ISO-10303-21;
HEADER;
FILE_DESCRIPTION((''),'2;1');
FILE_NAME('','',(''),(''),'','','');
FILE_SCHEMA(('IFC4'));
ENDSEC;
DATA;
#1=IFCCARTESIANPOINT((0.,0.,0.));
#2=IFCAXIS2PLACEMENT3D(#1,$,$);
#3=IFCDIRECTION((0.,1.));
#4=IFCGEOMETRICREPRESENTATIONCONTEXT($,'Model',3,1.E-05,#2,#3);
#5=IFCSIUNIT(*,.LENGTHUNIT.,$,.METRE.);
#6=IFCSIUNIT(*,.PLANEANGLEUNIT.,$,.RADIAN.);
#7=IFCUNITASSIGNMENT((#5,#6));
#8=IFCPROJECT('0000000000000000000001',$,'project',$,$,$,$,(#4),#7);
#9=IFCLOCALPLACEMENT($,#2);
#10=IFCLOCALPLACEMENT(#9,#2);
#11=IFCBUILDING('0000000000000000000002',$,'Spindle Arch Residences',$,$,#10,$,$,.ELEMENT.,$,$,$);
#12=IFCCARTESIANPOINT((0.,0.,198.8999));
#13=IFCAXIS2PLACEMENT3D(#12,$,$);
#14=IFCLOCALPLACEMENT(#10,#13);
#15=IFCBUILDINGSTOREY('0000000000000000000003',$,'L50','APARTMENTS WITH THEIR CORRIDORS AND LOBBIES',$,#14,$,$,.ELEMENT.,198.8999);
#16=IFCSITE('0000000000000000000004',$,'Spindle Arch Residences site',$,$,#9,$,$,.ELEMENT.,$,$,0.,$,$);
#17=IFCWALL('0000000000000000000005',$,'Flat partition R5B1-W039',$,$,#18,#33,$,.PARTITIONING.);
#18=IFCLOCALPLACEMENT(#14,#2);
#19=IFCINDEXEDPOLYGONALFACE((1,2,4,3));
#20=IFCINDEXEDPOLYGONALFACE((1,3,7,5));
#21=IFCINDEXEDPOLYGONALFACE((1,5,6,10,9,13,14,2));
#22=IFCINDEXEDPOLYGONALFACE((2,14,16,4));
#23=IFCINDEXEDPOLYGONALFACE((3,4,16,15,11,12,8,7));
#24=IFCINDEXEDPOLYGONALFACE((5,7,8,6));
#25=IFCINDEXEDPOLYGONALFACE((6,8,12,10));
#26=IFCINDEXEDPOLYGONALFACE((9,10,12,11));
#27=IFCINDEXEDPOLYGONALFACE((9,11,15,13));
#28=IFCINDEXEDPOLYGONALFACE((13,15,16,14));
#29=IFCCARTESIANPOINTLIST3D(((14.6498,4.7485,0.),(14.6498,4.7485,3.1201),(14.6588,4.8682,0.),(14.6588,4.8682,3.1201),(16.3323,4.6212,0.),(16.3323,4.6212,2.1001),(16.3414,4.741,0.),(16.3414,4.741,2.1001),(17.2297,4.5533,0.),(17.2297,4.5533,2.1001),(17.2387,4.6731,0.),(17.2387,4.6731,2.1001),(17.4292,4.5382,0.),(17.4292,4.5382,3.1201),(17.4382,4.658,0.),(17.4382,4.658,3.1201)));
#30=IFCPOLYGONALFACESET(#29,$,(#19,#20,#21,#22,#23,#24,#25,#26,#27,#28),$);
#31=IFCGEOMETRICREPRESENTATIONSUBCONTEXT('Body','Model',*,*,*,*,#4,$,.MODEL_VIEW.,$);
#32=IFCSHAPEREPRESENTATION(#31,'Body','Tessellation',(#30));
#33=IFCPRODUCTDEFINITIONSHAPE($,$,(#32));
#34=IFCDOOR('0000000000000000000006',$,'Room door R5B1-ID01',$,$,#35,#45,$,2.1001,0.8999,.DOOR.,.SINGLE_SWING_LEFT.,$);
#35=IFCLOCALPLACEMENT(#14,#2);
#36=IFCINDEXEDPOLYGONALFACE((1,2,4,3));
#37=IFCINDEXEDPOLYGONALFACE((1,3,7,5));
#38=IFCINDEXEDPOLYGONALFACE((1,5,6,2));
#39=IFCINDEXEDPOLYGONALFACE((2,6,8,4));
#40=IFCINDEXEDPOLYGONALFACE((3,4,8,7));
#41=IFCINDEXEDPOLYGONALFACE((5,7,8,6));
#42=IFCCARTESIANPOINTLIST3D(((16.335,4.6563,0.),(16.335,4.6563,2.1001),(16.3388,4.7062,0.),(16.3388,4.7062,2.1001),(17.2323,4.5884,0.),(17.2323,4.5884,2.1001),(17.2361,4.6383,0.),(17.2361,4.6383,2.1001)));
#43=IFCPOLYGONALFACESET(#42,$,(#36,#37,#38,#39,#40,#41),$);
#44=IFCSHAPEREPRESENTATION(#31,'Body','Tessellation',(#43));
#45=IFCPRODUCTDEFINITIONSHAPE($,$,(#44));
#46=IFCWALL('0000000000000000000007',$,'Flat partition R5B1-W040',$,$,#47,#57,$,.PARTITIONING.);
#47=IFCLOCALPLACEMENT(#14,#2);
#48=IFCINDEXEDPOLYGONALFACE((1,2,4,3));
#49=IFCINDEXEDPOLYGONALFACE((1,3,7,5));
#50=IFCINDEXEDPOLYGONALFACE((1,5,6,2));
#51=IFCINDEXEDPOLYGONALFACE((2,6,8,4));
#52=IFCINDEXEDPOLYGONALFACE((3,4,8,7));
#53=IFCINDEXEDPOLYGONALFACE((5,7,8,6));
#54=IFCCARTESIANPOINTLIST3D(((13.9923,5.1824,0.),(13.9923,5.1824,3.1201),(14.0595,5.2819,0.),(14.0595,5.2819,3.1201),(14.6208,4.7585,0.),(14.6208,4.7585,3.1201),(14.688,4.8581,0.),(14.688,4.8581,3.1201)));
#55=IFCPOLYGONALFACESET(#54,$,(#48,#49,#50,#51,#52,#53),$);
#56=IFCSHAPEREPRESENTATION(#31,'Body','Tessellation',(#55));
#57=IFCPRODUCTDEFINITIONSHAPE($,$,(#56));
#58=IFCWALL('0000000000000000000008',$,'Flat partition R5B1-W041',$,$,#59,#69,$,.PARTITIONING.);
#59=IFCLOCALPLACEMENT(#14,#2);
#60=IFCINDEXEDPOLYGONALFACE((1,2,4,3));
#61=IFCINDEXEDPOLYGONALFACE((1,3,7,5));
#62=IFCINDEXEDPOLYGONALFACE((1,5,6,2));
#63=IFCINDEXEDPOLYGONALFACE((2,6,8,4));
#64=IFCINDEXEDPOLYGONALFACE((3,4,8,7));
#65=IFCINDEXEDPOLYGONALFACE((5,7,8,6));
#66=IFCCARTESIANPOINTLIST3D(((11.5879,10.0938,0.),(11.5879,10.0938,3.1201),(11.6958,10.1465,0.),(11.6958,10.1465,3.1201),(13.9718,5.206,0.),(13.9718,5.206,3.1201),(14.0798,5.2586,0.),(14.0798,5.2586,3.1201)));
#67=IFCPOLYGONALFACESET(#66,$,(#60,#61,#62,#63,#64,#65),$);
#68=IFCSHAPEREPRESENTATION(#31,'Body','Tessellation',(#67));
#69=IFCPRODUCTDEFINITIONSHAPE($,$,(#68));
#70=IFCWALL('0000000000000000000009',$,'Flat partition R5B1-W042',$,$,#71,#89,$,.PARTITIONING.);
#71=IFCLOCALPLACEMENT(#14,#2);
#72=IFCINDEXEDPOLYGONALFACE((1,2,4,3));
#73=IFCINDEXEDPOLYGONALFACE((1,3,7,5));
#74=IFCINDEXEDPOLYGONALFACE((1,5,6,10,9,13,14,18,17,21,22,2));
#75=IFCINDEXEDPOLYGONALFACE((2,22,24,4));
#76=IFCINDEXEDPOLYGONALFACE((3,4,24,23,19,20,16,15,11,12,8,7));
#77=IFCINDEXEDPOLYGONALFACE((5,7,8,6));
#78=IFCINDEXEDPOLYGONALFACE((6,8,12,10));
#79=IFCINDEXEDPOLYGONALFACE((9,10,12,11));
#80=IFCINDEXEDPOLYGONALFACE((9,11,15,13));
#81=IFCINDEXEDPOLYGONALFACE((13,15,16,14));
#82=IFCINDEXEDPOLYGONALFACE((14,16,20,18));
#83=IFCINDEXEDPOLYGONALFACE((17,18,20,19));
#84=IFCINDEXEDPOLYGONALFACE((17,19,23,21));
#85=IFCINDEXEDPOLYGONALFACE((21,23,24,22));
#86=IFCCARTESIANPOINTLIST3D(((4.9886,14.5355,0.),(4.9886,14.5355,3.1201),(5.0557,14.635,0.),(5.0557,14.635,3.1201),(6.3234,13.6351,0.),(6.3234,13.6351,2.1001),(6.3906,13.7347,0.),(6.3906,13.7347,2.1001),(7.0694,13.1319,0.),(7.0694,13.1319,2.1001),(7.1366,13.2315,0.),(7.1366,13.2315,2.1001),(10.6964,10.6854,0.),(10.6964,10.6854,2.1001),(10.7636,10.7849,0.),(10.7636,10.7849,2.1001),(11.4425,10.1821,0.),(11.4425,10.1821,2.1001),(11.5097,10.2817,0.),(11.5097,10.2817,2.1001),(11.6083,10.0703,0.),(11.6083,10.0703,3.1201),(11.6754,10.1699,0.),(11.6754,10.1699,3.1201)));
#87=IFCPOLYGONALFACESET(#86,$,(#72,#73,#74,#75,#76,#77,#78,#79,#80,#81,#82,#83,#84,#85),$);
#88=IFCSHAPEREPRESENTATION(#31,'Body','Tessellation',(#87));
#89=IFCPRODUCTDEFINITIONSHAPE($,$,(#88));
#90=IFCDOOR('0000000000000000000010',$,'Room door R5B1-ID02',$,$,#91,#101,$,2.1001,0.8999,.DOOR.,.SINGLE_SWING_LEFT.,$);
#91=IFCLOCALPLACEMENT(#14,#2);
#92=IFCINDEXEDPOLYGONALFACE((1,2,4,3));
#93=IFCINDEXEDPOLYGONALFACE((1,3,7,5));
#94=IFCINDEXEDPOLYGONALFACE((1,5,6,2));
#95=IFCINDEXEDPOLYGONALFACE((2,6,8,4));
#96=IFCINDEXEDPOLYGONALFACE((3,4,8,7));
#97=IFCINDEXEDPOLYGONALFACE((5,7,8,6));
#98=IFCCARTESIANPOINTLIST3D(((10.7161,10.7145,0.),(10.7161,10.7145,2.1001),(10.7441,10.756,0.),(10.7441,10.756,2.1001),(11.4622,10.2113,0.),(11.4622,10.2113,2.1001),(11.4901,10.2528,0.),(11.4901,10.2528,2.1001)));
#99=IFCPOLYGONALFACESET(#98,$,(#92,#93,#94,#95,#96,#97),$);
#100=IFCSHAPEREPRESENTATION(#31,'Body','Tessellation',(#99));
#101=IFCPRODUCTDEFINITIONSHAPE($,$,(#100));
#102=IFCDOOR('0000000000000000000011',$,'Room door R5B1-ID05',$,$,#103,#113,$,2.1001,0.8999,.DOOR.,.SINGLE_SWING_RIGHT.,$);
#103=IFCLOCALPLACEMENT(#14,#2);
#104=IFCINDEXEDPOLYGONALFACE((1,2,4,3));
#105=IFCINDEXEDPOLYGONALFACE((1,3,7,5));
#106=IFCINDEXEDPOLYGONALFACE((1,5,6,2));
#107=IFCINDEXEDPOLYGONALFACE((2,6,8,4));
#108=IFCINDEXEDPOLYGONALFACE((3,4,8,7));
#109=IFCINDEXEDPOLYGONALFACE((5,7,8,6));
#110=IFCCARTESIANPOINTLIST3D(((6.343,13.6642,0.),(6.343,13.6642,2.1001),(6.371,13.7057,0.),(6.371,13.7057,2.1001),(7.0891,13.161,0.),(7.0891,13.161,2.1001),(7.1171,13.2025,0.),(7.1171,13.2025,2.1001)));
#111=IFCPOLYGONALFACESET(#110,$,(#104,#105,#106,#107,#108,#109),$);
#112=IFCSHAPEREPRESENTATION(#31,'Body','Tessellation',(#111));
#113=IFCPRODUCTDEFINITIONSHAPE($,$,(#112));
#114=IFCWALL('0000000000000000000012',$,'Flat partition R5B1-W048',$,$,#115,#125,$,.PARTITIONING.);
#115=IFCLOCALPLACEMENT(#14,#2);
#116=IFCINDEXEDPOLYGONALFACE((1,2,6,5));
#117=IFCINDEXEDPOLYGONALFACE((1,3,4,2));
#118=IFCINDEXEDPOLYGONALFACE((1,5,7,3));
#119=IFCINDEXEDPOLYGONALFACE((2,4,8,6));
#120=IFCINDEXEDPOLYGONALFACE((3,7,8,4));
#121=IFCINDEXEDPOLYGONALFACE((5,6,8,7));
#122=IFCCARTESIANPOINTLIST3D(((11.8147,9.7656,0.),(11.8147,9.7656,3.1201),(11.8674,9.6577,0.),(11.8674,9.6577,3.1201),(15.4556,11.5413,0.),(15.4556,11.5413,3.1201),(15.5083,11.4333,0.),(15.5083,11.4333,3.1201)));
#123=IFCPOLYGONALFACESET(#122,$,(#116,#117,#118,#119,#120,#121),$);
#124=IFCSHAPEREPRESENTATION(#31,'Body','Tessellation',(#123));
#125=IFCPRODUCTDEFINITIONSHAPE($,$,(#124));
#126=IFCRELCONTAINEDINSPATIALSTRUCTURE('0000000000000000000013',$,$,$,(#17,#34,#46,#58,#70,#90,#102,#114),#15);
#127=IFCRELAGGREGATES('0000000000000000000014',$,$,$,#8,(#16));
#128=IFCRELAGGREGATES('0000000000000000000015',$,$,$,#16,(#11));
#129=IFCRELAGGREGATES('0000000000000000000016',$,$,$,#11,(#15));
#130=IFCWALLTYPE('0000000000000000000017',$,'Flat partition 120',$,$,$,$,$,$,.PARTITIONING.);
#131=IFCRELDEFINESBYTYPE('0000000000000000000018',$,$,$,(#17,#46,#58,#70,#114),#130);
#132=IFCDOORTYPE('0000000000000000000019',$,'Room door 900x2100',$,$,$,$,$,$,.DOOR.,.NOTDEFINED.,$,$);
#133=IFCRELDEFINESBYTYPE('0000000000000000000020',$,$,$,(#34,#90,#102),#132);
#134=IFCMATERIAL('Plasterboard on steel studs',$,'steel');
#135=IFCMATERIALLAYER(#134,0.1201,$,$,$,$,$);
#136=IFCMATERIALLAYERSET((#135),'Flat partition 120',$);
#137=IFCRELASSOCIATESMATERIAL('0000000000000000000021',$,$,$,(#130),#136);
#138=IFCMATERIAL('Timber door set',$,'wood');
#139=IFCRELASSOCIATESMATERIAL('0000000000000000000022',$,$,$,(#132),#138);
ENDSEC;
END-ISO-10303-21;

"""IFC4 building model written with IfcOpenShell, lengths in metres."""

from ifc_helpers import new_model, si_unit, direction, frame, frame_2d, origin, place, context, subcontext, project, spatial, rectangle, extrude, material, layer, layer_set, type_object, element, fill, save


model = new_model("IFC4")

# Units and contexts
model_context = context("Model", 3, precision=1e-05, world=origin(), true_north=direction((0.0, 1.0)))
body_context = subcontext(model_context, "Body", "Model", "MODEL_VIEW")
ifc_project = project(units=[si_unit("LENGTHUNIT", "METRE"), si_unit("PLANEANGLEUNIT", "RADIAN")], contexts=[model_context])

# Site, building, storey
site_placement = place(None, origin())
site = spatial("IfcSite", under=ifc_project, at=site_placement, Name="Spindle Arch Residences site", CompositionType="ELEMENT", RefElevation=0.0)
building_placement = place(site_placement, origin())
building = spatial("IfcBuilding", under=site, at=building_placement, Name="Spindle Arch Residences", CompositionType="ELEMENT")
storey_placement = place(building_placement, frame((0.0, 0.0, 198.8999)))
storey = spatial("IfcBuildingStorey", under=building, at=storey_placement, Name="L50", Description="APARTMENTS WITH THEIR CORRIDORS AND LOBBIES", CompositionType="ELEMENT", Elevation=198.8999)

# Shared definitions
ifc_material_1 = material(Name="Plasterboard on steel studs", Category="steel")
ifc_layer_1 = layer(ifc_material_1, 0.1201)
ifc_layer_set_1 = layer_set([ifc_layer_1], Name="Flat partition 120")
wall_type_1 = type_object("IfcWallType", Name="Flat partition 120", PredefinedType="PARTITIONING", material=ifc_layer_set_1)

# Wall, opening, door
wall_1_placement = place(storey_placement, frame((17.4336, 4.5981, 0.0), z_axis=(0.0, 0.0, 1.0), x_axis=(-0.997152, 0.075417, 0.0)))
wall_1 = element("IfcWall", 1, at=wall_1_placement, inside=storey, type_object=wall_type_1, Name="Flat partition R5B1-W039", PredefinedType="PARTITIONING", context=body_context, shape_type="SweptSolid", body=[
    extrude(rectangle(XDim=2.7874, YDim=0.1201, at=frame_2d((1.3936, 0.0))), origin(), (0.0, 0.0, 1.0), 3.1201),
])
opening_1_placement = place(wall_1_placement, frame((0.2, 0.0, 0.0)))
opening_1 = element("IfcOpeningElement", 2, at=opening_1_placement, cuts=wall_1, PredefinedType="OPENING", context=body_context, shape_type="SweptSolid", body=[
    extrude(rectangle(XDim=0.8999, YDim=2.1001, at=frame_2d((0.45, 1.05))), frame((0.0, 0.0701, 0.0), z_axis=(0.0, -1.0, 0.0), x_axis=(1.0, 0.0, 0.0)), (0.0, 0.0, 1.0), 0.1401),
])
ifc_material_2 = material(Name="Timber door set", Category="wood")
door_type_1 = type_object("IfcDoorType", Name="Room door 900x2100", OperationType="NOTDEFINED", PredefinedType="DOOR", material=ifc_material_2)
door_1_placement = place(opening_1_placement, origin())
door_1 = element("IfcDoor", 3, at=door_1_placement, inside=storey, type_object=door_type_1, Name="Room door R5B1-ID01", OperationType="SINGLE_SWING_LEFT", OverallHeight=2.1001, OverallWidth=0.8999, PredefinedType="DOOR", context=body_context, shape_type="SweptSolid", body=[
    extrude(rectangle(XDim=0.8999, YDim=2.1001, at=frame_2d((0.45, 1.05))), frame((0.0, 0.0249, 0.0), z_axis=(0.0, -1.0, 0.0), x_axis=(1.0, 0.0, 0.0)), (0.0, 0.0, 1.0), 0.05),
])
fill(opening_1, door_1)

# Walls
wall_2_placement = place(storey_placement, frame((14.6543, 4.8083, 0.0), z_axis=(0.0, 0.0, 1.0), x_axis=(-0.829065, 0.559152, 0.0)))
element("IfcWall", 4, at=wall_2_placement, inside=storey, type_object=wall_type_1, Name="Flat partition R5B1-W040", PredefinedType="PARTITIONING", context=body_context, shape_type="SweptSolid", body=[
    extrude(rectangle(XDim=0.7581, YDim=0.1201, at=frame_2d((0.3789, 0.0))), origin(), (0.0, 0.0, 1.0), 3.1201),
])
wall_3_placement = place(storey_placement, frame((14.0259, 5.2322, 0.0), z_axis=(0.0, 0.0, 1.0), x_axis=(-0.438375, 0.898792, 0.0)))
element("IfcWall", 5, at=wall_3_placement, inside=storey, type_object=wall_type_1, Name="Flat partition R5B1-W041", PredefinedType="PARTITIONING", context=body_context, shape_type="SweptSolid", body=[
    extrude(rectangle(XDim=5.4382, YDim=0.1201, at=frame_2d((2.7192, 0.0))), origin(), (0.0, 0.0, 1.0), 3.1201),
])

# Wall, openings, doors
wall_4_placement = place(storey_placement, frame((11.6418, 10.1201, 0.0), z_axis=(0.0, 0.0, 1.0), x_axis=(-0.829032, 0.559201, 0.0)))
wall_4 = element("IfcWall", 6, at=wall_4_placement, inside=storey, type_object=wall_type_1, Name="Flat partition R5B1-W042", PredefinedType="PARTITIONING", context=body_context, shape_type="SweptSolid", body=[
    extrude(rectangle(XDim=7.9849, YDim=0.1201, at=frame_2d((3.9924, 0.0))), origin(), (0.0, 0.0, 1.0), 3.1201),
])
opening_2_placement = place(wall_4_placement, frame((0.2, 0.0, 0.0)))
opening_2 = element("IfcOpeningElement", 7, at=opening_2_placement, cuts=wall_4, PredefinedType="OPENING", context=body_context, shape_type="SweptSolid", body=[
    extrude(rectangle(XDim=0.8999, YDim=2.1001, at=frame_2d((0.45, 1.05))), frame((0.0, 0.0701, 0.0), z_axis=(0.0, -1.0, 0.0), x_axis=(1.0, 0.0, 0.0)), (0.0, 0.0, 1.0), 0.1401),
])
opening_3_placement = place(wall_4_placement, frame((5.4749, 0.0, 0.0)))
opening_3 = element("IfcOpeningElement", 8, at=opening_3_placement, cuts=wall_4, PredefinedType="OPENING", context=body_context, shape_type="SweptSolid", body=[
    extrude(rectangle(XDim=0.8999, YDim=2.1001, at=frame_2d((0.45, 1.05))), frame((0.0, 0.0701, 0.0), z_axis=(0.0, -1.0, 0.0), x_axis=(1.0, 0.0, 0.0)), (0.0, 0.0, 1.0), 0.1401),
])
door_2_placement = place(opening_2_placement, origin())
door_2 = element("IfcDoor", 9, at=door_2_placement, inside=storey, type_object=door_type_1, Name="Room door R5B1-ID02", OperationType="SINGLE_SWING_LEFT", OverallHeight=2.1001, OverallWidth=0.8999, PredefinedType="DOOR", context=body_context, shape_type="SweptSolid", body=[
    extrude(rectangle(XDim=0.8999, YDim=2.1001, at=frame_2d((0.45, 1.05))), frame((0.0, 0.0249, 0.0), z_axis=(0.0, -1.0, 0.0), x_axis=(1.0, 0.0, 0.0)), (0.0, 0.0, 1.0), 0.05),
])
fill(opening_2, door_2)
door_3_placement = place(opening_3_placement, origin())
door_3 = element("IfcDoor", 10, at=door_3_placement, inside=storey, type_object=door_type_1, Name="Room door R5B1-ID05", OperationType="SINGLE_SWING_RIGHT", OverallHeight=2.1001, OverallWidth=0.8999, PredefinedType="DOOR", context=body_context, shape_type="SweptSolid", body=[
    extrude(rectangle(XDim=0.8999, YDim=2.1001, at=frame_2d((0.45, 1.05))), frame((0.0, 0.0249, 0.0), z_axis=(0.0, -1.0, 0.0), x_axis=(1.0, 0.0, 0.0)), (0.0, 0.0, 1.0), 0.05),
])
fill(opening_3, door_3)

# Wall
wall_5_placement = place(storey_placement, frame((15.4819, 11.4873, 0.0), z_axis=(0.0, 0.0, 1.0), x_axis=(-0.898807, -0.438344, 0.0)))
element("IfcWall", 11, at=wall_5_placement, inside=storey, type_object=wall_type_1, Name="Flat partition R5B1-W048", PredefinedType="PARTITIONING", context=body_context, shape_type="SweptSolid", body=[
    extrude(rectangle(XDim=4.0508, YDim=0.1201, at=frame_2d((2.0254, 0.0))), origin(), (0.0, 0.0, 1.0), 3.1201),
])

save(model, "model.ifc")
